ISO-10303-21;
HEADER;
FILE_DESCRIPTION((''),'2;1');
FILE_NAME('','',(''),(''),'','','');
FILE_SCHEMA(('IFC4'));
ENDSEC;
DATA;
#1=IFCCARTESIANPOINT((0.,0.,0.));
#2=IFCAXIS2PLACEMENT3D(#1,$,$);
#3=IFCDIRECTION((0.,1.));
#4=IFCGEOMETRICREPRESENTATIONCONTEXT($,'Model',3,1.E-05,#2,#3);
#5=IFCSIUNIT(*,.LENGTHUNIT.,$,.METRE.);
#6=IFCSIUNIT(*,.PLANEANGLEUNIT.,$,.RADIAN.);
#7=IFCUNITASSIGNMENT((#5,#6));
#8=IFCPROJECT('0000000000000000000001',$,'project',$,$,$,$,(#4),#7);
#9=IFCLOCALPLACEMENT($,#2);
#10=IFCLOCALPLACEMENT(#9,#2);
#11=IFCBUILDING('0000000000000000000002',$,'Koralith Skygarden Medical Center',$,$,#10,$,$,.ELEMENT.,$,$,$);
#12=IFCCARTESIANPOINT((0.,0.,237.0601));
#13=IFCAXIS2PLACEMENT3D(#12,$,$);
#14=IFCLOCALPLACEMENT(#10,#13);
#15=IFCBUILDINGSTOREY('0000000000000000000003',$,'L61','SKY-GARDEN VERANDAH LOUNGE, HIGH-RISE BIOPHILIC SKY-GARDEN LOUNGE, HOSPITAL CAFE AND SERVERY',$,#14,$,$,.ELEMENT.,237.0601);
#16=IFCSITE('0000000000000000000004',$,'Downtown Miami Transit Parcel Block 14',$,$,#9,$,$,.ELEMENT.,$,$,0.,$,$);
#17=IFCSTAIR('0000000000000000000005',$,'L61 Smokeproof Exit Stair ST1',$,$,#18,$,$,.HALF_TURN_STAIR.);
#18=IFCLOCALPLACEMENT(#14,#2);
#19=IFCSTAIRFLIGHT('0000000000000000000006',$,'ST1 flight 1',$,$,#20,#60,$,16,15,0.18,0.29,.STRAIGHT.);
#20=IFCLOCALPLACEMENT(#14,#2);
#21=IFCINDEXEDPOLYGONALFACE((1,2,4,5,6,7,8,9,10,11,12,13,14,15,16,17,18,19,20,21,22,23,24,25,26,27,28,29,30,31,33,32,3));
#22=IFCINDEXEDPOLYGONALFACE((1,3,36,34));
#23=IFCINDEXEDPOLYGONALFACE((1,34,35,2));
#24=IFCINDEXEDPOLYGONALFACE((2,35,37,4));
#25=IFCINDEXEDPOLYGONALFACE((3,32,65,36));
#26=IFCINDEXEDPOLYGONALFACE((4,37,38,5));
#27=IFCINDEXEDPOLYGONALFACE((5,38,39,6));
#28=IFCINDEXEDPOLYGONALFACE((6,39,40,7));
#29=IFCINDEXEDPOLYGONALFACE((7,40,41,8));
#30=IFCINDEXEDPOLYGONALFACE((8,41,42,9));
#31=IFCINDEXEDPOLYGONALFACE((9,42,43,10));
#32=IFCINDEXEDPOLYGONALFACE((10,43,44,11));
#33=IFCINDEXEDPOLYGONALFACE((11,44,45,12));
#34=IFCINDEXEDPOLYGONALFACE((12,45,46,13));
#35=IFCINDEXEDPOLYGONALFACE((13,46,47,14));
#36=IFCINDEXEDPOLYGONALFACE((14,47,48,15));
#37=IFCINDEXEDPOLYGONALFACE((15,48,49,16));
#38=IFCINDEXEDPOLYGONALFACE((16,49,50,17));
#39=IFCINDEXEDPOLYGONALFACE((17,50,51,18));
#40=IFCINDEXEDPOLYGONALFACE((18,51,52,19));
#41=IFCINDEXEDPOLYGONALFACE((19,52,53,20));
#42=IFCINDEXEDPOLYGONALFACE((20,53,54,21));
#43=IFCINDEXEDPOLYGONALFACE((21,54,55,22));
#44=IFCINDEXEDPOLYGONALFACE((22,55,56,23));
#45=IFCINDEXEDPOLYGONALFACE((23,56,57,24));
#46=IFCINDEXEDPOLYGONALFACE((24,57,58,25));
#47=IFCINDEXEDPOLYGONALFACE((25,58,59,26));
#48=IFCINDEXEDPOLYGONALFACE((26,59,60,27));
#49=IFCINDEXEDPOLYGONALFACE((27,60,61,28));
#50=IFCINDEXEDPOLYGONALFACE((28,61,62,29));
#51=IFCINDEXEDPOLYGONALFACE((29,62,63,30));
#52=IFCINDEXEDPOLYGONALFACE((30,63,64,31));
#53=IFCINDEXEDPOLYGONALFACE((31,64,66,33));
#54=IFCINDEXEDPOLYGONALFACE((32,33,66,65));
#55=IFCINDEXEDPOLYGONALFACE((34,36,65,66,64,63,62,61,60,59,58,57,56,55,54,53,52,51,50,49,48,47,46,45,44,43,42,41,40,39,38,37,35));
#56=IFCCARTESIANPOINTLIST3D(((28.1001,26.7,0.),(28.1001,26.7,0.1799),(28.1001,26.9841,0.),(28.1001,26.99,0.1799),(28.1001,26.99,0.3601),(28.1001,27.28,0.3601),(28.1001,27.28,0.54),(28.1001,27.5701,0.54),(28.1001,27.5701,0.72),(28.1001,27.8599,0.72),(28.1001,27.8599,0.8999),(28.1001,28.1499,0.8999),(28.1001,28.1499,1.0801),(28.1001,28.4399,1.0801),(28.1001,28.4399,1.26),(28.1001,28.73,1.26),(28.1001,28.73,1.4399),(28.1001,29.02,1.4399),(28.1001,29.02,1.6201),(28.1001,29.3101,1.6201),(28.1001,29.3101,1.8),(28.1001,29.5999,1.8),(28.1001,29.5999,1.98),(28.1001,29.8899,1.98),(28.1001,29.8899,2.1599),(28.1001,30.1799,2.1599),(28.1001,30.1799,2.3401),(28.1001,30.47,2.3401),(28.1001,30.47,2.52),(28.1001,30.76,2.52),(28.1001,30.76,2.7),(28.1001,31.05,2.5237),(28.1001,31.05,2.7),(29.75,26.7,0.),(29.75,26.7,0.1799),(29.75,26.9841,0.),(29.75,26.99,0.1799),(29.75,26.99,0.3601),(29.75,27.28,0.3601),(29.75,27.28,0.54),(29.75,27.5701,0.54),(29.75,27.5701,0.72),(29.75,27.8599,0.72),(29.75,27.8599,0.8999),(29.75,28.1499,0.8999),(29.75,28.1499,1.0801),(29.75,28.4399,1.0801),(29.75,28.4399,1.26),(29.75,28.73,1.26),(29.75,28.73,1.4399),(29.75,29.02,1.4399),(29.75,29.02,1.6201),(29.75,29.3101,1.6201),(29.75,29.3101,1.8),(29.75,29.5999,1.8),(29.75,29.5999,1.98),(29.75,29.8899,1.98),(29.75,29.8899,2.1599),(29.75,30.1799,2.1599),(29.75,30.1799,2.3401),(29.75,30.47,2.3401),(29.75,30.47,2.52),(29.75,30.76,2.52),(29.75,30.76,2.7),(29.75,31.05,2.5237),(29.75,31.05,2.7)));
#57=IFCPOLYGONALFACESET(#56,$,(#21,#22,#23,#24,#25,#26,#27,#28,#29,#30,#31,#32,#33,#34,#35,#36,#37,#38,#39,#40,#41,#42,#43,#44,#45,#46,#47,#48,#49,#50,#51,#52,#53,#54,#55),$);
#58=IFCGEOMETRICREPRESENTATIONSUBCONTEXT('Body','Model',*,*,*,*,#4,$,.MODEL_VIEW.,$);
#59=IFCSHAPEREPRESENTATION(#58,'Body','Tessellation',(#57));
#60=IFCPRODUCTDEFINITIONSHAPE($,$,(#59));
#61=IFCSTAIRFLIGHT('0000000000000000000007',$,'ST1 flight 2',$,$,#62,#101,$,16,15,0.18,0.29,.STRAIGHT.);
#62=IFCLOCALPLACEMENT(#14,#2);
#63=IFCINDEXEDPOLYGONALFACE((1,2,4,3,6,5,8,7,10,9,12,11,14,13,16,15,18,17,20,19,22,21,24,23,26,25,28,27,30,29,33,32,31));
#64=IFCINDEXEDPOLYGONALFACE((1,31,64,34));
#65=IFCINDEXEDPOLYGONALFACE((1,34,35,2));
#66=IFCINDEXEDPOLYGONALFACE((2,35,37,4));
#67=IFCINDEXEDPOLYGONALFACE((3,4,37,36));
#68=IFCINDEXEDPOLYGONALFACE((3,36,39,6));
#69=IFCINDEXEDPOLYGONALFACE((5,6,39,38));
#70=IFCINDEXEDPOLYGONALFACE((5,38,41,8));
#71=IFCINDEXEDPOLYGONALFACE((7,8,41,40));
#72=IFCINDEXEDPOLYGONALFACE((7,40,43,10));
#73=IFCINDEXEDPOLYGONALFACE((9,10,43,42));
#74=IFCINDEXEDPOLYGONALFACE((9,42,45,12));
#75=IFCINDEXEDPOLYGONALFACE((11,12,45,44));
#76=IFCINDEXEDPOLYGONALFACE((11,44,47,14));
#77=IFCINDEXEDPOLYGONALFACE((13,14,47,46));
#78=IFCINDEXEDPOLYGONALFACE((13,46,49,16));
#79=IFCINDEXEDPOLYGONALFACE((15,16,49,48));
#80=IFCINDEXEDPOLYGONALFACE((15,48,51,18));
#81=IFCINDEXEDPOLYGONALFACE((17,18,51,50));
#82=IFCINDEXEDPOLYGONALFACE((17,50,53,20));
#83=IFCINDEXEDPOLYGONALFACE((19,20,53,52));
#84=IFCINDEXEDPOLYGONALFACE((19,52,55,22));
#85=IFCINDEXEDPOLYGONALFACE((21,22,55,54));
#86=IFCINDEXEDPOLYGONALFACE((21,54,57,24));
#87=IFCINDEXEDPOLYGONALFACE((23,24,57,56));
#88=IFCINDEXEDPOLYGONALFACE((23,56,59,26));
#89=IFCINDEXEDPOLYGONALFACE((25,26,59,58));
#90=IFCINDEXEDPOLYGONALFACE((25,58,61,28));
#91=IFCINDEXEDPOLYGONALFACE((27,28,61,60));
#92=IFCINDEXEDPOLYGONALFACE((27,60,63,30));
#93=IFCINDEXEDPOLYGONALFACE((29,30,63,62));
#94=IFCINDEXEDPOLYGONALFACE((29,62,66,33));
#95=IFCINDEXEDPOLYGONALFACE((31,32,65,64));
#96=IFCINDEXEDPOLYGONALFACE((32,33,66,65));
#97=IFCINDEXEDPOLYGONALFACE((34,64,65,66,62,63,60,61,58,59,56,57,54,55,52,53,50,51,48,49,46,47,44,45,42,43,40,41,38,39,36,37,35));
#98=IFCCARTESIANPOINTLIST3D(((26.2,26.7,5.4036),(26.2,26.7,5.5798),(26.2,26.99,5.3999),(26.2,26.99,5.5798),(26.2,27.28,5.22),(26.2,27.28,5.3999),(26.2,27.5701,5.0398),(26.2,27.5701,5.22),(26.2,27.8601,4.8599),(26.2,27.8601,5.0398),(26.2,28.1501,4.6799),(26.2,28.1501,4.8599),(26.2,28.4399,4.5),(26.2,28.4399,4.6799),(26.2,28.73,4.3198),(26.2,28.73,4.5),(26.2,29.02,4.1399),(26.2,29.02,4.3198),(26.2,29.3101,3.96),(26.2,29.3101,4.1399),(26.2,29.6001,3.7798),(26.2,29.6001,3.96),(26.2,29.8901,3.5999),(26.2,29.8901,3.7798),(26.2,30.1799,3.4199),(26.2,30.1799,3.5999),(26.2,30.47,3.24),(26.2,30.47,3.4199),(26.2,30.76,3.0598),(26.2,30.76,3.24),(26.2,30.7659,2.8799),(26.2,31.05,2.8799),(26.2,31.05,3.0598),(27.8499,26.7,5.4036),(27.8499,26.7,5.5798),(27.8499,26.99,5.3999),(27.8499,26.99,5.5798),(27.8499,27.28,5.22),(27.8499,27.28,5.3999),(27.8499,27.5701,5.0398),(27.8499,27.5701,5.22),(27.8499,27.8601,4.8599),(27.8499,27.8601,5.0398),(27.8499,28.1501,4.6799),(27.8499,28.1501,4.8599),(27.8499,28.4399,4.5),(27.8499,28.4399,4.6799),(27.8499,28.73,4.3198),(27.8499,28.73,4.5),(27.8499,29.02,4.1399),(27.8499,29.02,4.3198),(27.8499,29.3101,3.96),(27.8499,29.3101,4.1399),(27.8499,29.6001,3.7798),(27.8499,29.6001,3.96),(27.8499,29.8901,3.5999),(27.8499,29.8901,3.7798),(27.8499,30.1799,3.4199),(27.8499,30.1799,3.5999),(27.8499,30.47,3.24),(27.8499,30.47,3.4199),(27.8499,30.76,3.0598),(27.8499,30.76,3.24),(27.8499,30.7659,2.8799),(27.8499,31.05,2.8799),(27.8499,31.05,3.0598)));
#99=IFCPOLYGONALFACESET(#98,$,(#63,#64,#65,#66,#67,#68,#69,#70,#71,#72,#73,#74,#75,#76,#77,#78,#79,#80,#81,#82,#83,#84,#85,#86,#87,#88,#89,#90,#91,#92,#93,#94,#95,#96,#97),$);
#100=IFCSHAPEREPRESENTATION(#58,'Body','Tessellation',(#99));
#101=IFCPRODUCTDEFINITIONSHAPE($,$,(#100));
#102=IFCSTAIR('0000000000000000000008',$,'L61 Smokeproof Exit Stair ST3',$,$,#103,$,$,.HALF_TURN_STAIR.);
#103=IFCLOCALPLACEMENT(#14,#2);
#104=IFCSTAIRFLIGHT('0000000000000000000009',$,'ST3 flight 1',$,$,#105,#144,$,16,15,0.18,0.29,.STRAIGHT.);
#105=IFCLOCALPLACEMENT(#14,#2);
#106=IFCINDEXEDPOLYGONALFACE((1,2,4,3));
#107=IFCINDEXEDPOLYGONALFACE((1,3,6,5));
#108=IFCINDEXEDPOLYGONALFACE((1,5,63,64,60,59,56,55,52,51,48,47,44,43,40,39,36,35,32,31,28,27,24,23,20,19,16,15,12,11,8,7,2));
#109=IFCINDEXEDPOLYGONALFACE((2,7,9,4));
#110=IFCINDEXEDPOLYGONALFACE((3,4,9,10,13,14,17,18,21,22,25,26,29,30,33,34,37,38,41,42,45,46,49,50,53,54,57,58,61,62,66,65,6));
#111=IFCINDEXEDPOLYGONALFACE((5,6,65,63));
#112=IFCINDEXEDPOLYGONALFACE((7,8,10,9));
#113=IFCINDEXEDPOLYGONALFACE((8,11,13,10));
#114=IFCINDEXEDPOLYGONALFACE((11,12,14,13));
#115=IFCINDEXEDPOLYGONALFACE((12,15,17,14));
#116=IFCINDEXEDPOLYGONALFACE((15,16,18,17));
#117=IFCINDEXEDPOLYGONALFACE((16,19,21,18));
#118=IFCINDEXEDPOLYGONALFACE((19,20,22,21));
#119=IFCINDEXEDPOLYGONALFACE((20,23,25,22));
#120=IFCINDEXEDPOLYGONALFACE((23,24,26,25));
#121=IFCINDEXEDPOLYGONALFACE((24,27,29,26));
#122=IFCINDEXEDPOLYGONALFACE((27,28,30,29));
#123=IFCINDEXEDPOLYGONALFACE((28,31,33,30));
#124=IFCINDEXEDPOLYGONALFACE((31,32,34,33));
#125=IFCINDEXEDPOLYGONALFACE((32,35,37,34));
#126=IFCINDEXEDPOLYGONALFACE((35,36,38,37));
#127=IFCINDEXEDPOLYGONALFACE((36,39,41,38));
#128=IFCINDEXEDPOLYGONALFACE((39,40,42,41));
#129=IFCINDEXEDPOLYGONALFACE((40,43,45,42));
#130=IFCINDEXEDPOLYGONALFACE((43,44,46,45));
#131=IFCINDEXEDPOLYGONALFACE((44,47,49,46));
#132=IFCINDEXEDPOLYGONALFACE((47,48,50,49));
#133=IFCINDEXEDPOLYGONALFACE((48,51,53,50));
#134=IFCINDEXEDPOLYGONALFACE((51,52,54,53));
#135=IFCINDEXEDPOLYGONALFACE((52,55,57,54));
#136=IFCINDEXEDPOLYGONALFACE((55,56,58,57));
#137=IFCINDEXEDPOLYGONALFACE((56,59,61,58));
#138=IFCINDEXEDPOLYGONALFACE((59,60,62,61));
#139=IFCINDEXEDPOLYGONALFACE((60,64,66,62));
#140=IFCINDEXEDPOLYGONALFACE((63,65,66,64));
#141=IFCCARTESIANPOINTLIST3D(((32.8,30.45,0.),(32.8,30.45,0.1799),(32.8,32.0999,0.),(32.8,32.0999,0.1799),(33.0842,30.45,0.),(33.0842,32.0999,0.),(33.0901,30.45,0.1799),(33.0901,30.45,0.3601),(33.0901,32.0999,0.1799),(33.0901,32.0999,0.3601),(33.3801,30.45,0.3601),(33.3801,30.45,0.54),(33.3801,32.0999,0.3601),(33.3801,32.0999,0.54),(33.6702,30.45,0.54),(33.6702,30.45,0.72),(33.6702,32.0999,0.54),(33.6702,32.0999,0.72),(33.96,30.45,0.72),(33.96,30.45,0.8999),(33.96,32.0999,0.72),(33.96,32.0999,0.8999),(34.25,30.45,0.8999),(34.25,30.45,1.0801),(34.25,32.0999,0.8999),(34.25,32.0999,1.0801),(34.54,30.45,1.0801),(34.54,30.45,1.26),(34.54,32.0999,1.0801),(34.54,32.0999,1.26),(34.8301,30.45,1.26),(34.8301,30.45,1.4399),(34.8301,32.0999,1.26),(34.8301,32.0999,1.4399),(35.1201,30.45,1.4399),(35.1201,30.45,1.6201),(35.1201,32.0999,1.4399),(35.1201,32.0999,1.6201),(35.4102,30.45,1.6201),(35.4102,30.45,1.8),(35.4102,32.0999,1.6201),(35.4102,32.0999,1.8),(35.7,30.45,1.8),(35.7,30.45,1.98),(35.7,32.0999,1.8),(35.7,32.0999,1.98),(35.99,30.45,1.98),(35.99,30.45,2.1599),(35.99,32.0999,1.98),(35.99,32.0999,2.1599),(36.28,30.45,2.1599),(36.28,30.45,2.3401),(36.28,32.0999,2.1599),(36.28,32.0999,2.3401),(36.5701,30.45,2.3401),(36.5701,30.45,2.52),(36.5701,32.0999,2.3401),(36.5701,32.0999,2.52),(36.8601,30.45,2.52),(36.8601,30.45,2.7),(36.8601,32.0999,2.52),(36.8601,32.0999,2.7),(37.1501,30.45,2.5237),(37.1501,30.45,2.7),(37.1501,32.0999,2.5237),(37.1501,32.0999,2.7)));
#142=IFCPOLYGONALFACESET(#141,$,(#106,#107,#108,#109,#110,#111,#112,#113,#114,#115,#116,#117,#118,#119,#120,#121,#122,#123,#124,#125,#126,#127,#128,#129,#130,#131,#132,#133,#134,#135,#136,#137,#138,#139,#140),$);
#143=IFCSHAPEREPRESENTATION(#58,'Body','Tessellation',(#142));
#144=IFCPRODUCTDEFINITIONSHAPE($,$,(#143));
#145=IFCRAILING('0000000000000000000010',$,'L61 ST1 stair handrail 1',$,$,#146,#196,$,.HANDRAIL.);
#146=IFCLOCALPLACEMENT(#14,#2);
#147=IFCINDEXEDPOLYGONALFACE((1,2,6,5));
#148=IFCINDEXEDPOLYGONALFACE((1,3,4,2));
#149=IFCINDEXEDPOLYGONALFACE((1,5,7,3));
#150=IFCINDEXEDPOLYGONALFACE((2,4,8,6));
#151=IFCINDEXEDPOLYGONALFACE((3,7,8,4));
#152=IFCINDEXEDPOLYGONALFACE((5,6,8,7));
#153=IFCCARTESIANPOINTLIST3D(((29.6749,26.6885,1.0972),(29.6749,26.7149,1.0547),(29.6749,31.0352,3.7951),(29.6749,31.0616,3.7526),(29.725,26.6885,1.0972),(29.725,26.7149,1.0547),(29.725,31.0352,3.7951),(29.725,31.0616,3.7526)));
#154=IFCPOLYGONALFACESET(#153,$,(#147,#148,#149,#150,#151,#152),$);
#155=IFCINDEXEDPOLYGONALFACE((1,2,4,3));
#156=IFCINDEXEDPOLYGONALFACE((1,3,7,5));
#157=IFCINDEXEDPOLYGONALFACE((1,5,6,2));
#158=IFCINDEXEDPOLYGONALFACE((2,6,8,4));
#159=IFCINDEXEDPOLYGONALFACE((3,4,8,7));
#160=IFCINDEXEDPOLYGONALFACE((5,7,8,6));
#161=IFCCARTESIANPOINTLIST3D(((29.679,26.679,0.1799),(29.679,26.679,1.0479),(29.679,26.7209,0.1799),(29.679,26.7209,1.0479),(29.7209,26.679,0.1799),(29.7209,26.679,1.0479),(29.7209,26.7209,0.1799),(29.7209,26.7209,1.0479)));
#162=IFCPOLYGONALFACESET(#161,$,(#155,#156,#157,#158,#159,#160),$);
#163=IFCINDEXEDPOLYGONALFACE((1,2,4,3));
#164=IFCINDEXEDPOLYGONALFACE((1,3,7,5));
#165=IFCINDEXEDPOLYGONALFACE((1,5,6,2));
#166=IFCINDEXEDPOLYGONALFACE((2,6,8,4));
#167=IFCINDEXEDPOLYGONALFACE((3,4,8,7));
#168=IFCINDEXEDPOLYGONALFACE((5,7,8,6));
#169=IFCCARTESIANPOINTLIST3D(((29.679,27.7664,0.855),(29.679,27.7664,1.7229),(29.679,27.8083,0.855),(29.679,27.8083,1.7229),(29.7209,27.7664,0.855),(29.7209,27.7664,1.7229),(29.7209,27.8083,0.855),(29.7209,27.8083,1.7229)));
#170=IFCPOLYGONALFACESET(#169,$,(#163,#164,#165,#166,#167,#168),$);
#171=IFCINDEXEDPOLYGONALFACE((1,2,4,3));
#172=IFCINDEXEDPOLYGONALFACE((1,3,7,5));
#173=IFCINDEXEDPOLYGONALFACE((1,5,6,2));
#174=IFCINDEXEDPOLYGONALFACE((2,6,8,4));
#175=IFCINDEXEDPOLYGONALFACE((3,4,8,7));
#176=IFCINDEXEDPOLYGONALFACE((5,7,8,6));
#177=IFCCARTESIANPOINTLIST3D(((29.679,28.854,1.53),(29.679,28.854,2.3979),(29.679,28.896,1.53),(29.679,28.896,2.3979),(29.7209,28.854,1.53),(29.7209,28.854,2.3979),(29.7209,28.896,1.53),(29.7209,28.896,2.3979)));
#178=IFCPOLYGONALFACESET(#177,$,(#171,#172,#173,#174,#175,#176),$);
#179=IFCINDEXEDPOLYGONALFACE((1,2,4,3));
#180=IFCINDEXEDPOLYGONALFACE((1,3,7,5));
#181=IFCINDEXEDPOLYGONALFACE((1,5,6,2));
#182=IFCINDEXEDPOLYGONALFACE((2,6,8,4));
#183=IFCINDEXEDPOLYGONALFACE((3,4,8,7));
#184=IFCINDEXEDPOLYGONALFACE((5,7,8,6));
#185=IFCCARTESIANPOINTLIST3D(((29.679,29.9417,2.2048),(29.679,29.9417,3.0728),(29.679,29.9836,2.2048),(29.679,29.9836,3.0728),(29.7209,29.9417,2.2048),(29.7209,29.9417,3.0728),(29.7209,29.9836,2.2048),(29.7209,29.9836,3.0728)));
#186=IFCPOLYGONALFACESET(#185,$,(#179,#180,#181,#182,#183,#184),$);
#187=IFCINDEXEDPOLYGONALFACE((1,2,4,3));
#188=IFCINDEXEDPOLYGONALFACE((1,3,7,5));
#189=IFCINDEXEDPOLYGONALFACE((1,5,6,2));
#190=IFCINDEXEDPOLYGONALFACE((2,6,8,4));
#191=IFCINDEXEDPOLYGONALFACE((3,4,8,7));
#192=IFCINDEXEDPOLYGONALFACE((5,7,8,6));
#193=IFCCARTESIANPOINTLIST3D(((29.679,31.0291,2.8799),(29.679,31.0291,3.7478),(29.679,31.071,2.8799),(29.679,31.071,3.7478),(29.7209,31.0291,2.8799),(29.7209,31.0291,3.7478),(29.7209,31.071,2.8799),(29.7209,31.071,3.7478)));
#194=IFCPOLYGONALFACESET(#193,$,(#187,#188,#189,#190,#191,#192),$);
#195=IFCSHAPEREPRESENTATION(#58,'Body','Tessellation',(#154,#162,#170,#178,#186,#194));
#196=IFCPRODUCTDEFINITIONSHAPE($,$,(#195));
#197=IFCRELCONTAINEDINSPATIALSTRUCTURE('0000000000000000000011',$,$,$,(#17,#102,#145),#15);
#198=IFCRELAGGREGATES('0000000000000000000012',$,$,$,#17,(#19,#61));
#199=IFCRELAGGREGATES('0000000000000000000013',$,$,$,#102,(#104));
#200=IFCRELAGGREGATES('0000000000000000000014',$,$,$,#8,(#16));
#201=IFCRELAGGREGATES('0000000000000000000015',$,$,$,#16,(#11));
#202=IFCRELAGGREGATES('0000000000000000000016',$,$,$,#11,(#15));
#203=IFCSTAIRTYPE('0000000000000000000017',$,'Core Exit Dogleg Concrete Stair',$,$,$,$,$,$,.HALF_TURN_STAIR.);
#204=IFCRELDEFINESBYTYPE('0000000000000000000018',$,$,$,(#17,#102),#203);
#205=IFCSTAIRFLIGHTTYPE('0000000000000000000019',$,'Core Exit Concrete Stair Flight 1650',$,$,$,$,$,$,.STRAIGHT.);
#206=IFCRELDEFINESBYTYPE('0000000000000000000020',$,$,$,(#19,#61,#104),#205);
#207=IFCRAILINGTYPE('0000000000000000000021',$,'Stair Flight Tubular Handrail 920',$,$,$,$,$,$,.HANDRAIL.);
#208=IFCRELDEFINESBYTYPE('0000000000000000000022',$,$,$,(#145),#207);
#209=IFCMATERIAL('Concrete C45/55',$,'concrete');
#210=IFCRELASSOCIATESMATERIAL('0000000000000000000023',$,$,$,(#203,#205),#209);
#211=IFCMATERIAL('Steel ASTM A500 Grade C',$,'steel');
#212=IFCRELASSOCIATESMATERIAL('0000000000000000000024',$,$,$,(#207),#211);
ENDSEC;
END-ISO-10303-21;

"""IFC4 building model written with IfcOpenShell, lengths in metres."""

from ifc_helpers import new_model, si_unit, direction, frame, origin, origin_2d, place, context, subcontext, project, spatial, polyline, rectangle, outline, extrude, material, type_object, element, aggregate, save


model = new_model("IFC4")

# Units and contexts
model_context = context("Model", 3, precision=1e-05, world=origin(), true_north=direction((0.0, 1.0)))
body_context = subcontext(model_context, "Body", "Model", "MODEL_VIEW")
ifc_project = project(units=[si_unit("LENGTHUNIT", "METRE"), si_unit("PLANEANGLEUNIT", "RADIAN")], contexts=[model_context])

# Site, building, storey
site_placement = place(None, origin())
site = spatial("IfcSite", under=ifc_project, at=site_placement, Name="Downtown Miami Transit Parcel Block 14", CompositionType="ELEMENT", RefElevation=0.0)
building_placement = place(site_placement, origin())
building = spatial("IfcBuilding", under=site, at=building_placement, Name="Koralith Skygarden Medical Center", CompositionType="ELEMENT")
storey_placement = place(building_placement, frame((0.0, 0.0, 237.0601)))
storey = spatial("IfcBuildingStorey", under=building, at=storey_placement, Name="L61", Description="SKY-GARDEN VERANDAH LOUNGE, HIGH-RISE BIOPHILIC SKY-GARDEN LOUNGE, HOSPITAL CAFE AND SERVERY", CompositionType="ELEMENT", Elevation=237.0601)

# Shared definitions
ifc_material_1 = material(Name="Concrete C45/55", Category="concrete")

# Shared definitions
ifc_material_2 = material(Name="Steel ASTM A500 Grade C", Category="steel")

# Stair, stair flights
stair_type = type_object("IfcStairType", Name="Core Exit Dogleg Concrete Stair", PredefinedType="HALF_TURN_STAIR", material=ifc_material_1)
stair_1_placement = place(storey_placement, origin())
stair_1 = element("IfcStair", 1, at=stair_1_placement, inside=storey, type_object=stair_type, Name="L61 Smokeproof Exit Stair ST1", PredefinedType="HALF_TURN_STAIR")
stair_flight_type = type_object("IfcStairFlightType", Name="Core Exit Concrete Stair Flight 1650", PredefinedType="STRAIGHT", material=ifc_material_1)
stair_flight_1_placement = place(storey_placement, frame((28.925, 26.7, 0.0), z_axis=(0.0, 0.0, 1.0), x_axis=(0.0, 1.0, 0.0)))
stair_flight_1 = element("IfcStairFlight", 2, at=stair_flight_1_placement, type_object=stair_flight_type, Name="ST1 flight 1", NumberOfRisers=16, NumberOfTreads=15, PredefinedType="STRAIGHT", RiserHeight=0.18, TreadLength=0.29, context=body_context, shape_type="SweptSolid", body=[
    extrude(outline(polyline([(0.0, 0.0), (0.0, 0.1799), (0.29, 0.1799), (0.29, 0.3601), (0.5801, 0.3601), (0.5801, 0.54), (0.8701, 0.54), (0.8701, 0.72), (1.1599, 0.72), (1.1599, 0.8999), (1.45, 0.8999), (1.45, 1.0801), (1.74, 1.0801), (1.74, 1.26), (2.03, 1.26), (2.03, 1.4399), (2.3201, 1.4399), (2.3201, 1.6201), (2.6101, 1.6201), (2.6101, 1.8), (2.8999, 1.8), (2.8999, 1.98), (3.1899, 1.98), (3.1899, 2.1599), (3.48, 2.1599), (3.48, 2.3401), (3.77, 2.3401), (3.77, 2.52), (4.0601, 2.52), (4.0601, 2.7), (4.3501, 2.7), (4.3501, 2.8799), (4.3501, 2.5237), (0.2842, 0.0), (0.0, 0.0)])), frame((0.0, 0.825, 0.0), z_axis=(0.0, -1.0, 0.0), x_axis=(1.0, 0.0, 0.0)), (0.0, 0.0, 1.0), 1.6499),
])
stair_flight_2_placement = place(storey_placement, frame((27.0249, 31.05, 2.8799), z_axis=(0.0, 0.0, 1.0), x_axis=(0.0, -1.0, 0.0)))
stair_flight_2 = element("IfcStairFlight", 3, at=stair_flight_2_placement, type_object=stair_flight_type, Name="ST1 flight 2", NumberOfRisers=16, NumberOfTreads=15, PredefinedType="STRAIGHT", RiserHeight=0.18, TreadLength=0.29, context=body_context, shape_type="SweptSolid", body=[
    extrude(outline(polyline([(0.0, 0.0), (0.0, 0.1799), (0.29, 0.1799), (0.29, 0.3601), (0.5801, 0.3601), (0.5801, 0.54), (0.8701, 0.54), (0.8701, 0.72), (1.1599, 0.72), (1.1599, 0.8999), (1.45, 0.8999), (1.45, 1.0801), (1.74, 1.0801), (1.74, 1.26), (2.03, 1.26), (2.03, 1.4399), (2.3201, 1.4399), (2.3201, 1.6201), (2.6101, 1.6201), (2.6101, 1.8), (2.8999, 1.8), (2.8999, 1.98), (3.1899, 1.98), (3.1899, 2.1599), (3.48, 2.1599), (3.48, 2.3401), (3.77, 2.3401), (3.77, 2.52), (4.0601, 2.52), (4.0601, 2.7), (4.3501, 2.7), (4.3501, 2.8799), (4.3501, 2.5237), (0.2842, 0.0), (0.0, 0.0)])), frame((0.0, 0.825, 0.0), z_axis=(0.0, -1.0, 0.0), x_axis=(1.0, 0.0, 0.0)), (0.0, 0.0, 1.0), 1.6499),
])
aggregate(stair_1, [stair_flight_1, stair_flight_2])

# Stair, stair flight
stair_2_placement = place(storey_placement, origin())
stair_2 = element("IfcStair", 4, at=stair_2_placement, inside=storey, type_object=stair_type, Name="L61 Smokeproof Exit Stair ST3", PredefinedType="HALF_TURN_STAIR")
stair_flight_3_placement = place(storey_placement, frame((32.8, 31.2749, 0.0), z_axis=(0.0, 0.0, 1.0), x_axis=(1.0, 0.0, 0.0)))
stair_flight_3 = element("IfcStairFlight", 5, at=stair_flight_3_placement, type_object=stair_flight_type, Name="ST3 flight 1", NumberOfRisers=16, NumberOfTreads=15, PredefinedType="STRAIGHT", RiserHeight=0.18, TreadLength=0.29, context=body_context, shape_type="SweptSolid", body=[
    extrude(outline(polyline([(0.0, 0.0), (0.0, 0.1799), (0.29, 0.1799), (0.29, 0.3601), (0.5801, 0.3601), (0.5801, 0.54), (0.8701, 0.54), (0.8701, 0.72), (1.1599, 0.72), (1.1599, 0.8999), (1.45, 0.8999), (1.45, 1.0801), (1.74, 1.0801), (1.74, 1.26), (2.03, 1.26), (2.03, 1.4399), (2.3201, 1.4399), (2.3201, 1.6201), (2.6101, 1.6201), (2.6101, 1.8), (2.8999, 1.8), (2.8999, 1.98), (3.1899, 1.98), (3.1899, 2.1599), (3.48, 2.1599), (3.48, 2.3401), (3.77, 2.3401), (3.77, 2.52), (4.0601, 2.52), (4.0601, 2.7), (4.3501, 2.7), (4.3501, 2.8799), (4.3501, 2.5237), (0.2842, 0.0), (0.0, 0.0)])), frame((0.0, 0.825, 0.0), z_axis=(0.0, -1.0, 0.0), x_axis=(1.0, 0.0, 0.0)), (0.0, 0.0, 1.0), 1.6499),
])
aggregate(stair_2, [stair_flight_3])

# Railing
railing_type_1 = type_object("IfcRailingType", Name="Stair Flight Tubular Handrail 920", PredefinedType="HANDRAIL", material=ifc_material_2)
railing_1_placement = place(storey_placement, frame((29.7, 26.7, 0.1799)))
element("IfcRailing", 6, at=railing_1_placement, inside=storey, type_object=railing_type_1, Name="L61 ST1 stair handrail 1", PredefinedType="HANDRAIL", context=body_context, shape_type="SweptSolid", body=[
    extrude(rectangle(XDim=0.05, YDim=0.05, at=origin_2d()), frame((0.0, 0.0017, 0.896), z_axis=(0.0, 0.84965, 0.527347), x_axis=(-1.0, 0.0, 0.0)), (0.0, 0.0, 1.0), 5.116),
    extrude(rectangle(XDim=0.042, YDim=0.042, at=origin_2d()), origin(), (0.0, 0.0, 1.0), 0.8679),
    extrude(rectangle(XDim=0.042, YDim=0.042, at=origin_2d()), frame((0.0, 1.0874, 0.675)), (0.0, 0.0, 1.0), 0.8679),
    extrude(rectangle(XDim=0.042, YDim=0.042, at=origin_2d()), frame((0.0, 2.175, 1.3501)), (0.0, 0.0, 1.0), 0.8679),
    extrude(rectangle(XDim=0.042, YDim=0.042, at=origin_2d()), frame((0.0, 3.2627, 2.0249)), (0.0, 0.0, 1.0), 0.8679),
    extrude(rectangle(XDim=0.042, YDim=0.042, at=origin_2d()), frame((0.0, 4.3501, 2.7)), (0.0, 0.0, 1.0), 0.8679),
])

save(model, "model.ifc")
